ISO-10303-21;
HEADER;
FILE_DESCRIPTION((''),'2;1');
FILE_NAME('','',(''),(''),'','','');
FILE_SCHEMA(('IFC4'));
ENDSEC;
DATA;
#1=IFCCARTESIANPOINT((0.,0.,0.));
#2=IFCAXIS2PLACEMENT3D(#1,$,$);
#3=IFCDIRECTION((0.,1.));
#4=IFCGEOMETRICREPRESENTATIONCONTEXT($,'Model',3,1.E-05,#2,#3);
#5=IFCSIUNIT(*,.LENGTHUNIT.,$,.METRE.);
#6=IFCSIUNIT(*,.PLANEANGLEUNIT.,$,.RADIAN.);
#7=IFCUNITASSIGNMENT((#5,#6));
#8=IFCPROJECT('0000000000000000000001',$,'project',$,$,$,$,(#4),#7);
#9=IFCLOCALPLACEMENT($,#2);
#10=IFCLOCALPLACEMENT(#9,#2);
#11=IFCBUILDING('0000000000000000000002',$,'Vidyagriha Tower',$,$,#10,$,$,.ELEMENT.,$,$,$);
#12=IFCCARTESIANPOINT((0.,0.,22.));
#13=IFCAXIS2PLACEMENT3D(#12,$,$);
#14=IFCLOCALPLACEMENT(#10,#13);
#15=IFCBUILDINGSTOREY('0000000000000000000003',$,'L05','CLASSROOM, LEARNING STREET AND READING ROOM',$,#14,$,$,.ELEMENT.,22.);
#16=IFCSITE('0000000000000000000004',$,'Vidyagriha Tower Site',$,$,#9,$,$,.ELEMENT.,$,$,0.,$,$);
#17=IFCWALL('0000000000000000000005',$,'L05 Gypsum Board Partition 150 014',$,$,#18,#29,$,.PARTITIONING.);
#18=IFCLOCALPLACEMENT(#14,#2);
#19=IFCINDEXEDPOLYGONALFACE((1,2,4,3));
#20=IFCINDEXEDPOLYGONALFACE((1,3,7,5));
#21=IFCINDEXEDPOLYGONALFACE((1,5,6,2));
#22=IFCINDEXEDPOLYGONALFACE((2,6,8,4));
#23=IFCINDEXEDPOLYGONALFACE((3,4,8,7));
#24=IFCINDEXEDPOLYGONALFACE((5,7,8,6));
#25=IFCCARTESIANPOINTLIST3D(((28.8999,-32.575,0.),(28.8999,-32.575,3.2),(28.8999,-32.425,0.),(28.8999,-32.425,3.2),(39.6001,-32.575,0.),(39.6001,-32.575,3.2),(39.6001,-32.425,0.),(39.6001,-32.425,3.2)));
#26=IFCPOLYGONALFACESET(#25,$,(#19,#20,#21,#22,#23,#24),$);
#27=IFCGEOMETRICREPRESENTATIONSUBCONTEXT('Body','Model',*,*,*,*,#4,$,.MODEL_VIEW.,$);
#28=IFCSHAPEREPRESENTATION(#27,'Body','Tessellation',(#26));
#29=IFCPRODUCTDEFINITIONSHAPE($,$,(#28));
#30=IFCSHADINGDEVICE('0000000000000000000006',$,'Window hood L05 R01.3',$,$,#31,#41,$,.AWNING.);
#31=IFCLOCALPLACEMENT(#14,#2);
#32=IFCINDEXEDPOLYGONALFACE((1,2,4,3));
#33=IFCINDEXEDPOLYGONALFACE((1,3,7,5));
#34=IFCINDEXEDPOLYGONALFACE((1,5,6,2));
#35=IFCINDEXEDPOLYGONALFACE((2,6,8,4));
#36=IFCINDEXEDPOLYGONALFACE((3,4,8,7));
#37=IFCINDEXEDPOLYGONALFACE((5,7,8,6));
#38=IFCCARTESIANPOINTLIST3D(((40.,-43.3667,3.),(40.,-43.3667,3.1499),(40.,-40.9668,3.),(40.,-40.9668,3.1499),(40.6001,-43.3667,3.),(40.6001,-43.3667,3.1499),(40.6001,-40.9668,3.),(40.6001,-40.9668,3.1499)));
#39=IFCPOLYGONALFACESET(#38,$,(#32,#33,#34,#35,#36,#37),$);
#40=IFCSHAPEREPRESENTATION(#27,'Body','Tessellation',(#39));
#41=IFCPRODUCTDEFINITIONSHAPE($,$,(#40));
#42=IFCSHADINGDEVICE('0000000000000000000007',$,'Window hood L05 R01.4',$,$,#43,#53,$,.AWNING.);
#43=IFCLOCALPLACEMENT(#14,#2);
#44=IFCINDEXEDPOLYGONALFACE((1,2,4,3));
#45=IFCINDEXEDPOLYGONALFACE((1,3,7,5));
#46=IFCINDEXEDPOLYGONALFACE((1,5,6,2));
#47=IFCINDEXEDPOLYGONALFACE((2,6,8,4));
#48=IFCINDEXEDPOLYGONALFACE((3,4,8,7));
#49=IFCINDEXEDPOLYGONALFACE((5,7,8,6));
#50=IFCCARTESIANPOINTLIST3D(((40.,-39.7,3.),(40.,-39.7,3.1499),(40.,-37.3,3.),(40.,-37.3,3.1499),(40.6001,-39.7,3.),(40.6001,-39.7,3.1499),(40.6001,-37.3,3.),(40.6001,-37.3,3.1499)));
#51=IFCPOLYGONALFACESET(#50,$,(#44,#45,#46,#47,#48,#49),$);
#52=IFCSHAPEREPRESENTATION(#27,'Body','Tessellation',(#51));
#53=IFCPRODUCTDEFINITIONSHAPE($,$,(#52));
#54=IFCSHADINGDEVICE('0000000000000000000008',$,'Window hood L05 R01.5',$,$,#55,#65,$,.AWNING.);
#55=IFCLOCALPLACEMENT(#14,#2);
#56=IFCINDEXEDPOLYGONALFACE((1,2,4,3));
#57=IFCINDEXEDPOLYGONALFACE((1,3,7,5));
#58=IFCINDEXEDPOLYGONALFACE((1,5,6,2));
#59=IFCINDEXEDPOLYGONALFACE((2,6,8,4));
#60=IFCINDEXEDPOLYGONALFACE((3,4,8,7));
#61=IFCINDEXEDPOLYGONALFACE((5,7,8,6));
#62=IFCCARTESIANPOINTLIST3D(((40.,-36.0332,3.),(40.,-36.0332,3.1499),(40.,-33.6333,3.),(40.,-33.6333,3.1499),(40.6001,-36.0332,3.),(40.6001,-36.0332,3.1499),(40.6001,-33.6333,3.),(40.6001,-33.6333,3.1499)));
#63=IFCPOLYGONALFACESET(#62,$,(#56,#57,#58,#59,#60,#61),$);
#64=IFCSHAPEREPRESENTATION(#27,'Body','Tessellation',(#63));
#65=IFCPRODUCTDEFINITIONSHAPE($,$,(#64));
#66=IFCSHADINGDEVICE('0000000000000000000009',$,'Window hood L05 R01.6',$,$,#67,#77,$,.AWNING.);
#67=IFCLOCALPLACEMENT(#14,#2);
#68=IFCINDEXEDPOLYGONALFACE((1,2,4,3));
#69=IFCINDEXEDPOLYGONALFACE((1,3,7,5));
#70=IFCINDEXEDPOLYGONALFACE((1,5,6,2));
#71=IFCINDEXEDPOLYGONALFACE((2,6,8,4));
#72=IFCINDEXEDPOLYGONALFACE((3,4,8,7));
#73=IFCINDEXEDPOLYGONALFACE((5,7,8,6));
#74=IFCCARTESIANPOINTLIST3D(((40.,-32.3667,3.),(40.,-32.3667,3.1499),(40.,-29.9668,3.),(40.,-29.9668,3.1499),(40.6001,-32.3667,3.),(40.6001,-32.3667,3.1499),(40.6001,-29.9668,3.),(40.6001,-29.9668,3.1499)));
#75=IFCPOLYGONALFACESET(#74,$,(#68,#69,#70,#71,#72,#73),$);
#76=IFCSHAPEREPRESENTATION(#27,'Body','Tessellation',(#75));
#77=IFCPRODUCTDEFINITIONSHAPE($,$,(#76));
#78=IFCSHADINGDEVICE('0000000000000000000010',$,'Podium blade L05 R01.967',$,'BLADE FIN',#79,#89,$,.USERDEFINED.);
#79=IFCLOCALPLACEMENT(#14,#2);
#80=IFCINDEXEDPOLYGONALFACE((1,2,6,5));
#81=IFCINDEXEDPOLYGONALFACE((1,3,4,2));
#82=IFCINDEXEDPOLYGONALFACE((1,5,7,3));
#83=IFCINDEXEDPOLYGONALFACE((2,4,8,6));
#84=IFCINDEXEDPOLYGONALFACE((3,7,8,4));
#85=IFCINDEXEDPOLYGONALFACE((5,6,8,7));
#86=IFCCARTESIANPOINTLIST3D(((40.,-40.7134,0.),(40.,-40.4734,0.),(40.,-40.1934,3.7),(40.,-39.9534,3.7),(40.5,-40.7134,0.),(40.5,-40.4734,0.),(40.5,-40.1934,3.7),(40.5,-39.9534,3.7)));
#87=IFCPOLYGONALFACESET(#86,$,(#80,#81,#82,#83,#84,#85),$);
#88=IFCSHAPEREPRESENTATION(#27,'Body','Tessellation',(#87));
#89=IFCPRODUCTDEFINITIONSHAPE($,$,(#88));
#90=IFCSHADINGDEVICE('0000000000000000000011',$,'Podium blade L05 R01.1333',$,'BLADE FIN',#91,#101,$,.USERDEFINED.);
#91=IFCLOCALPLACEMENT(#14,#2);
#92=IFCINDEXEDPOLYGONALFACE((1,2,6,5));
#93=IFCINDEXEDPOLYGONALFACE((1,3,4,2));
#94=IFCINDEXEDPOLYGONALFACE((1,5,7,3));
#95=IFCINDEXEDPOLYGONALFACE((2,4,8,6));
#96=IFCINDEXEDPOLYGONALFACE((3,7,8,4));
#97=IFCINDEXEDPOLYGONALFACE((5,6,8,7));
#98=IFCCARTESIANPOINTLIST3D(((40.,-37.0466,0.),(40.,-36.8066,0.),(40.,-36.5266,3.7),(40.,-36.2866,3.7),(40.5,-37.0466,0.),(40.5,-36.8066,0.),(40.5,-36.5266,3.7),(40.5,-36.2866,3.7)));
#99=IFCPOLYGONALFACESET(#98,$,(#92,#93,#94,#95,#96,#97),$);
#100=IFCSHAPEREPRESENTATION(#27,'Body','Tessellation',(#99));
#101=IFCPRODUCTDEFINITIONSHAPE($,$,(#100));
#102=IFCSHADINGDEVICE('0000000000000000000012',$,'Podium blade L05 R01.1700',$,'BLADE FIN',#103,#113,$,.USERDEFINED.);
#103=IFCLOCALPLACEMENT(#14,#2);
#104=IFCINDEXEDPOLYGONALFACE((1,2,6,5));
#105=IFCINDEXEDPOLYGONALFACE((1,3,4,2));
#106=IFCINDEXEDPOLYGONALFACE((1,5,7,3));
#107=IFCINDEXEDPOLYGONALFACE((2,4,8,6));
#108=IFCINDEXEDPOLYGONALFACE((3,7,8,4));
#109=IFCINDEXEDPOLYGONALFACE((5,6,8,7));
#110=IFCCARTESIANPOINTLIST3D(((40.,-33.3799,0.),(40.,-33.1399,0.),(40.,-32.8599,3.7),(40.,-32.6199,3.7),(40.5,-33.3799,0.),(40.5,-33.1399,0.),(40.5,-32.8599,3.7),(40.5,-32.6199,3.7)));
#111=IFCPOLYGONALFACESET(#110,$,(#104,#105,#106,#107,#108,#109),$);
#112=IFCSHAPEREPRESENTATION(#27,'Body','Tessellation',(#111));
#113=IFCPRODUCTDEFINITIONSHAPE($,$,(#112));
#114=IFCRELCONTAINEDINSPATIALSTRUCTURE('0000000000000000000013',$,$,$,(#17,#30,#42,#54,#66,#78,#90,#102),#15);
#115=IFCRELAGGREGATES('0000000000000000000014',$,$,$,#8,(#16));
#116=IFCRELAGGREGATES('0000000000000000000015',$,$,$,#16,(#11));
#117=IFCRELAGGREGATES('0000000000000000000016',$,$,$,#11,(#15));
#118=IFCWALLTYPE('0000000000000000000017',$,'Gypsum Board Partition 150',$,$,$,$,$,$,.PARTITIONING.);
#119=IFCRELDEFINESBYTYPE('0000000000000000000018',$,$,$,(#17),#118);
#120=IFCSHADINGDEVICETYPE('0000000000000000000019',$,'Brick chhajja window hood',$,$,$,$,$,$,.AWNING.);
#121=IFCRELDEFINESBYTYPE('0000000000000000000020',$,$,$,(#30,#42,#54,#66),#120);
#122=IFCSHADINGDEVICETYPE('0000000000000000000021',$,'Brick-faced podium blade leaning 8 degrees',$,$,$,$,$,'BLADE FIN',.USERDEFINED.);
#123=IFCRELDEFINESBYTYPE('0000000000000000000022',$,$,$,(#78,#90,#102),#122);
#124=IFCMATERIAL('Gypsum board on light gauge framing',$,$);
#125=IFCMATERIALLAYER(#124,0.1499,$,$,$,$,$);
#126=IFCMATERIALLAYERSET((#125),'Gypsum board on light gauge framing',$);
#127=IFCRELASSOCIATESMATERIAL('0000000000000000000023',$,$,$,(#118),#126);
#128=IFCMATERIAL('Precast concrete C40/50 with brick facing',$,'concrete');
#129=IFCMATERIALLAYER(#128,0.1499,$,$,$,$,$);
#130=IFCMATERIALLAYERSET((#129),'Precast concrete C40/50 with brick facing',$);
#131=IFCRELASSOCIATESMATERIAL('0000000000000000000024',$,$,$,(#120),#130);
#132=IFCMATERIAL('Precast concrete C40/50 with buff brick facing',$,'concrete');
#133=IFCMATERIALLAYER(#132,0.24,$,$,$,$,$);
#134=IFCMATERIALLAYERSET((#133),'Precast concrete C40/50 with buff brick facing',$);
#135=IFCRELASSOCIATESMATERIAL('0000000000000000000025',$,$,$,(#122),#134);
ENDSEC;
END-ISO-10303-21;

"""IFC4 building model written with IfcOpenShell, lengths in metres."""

from ifc_helpers import new_model, si_unit, direction, frame, frame_2d, origin, origin_2d, place, context, subcontext, project, spatial, polyline, rectangle, outline, extrude, material, layer, layer_set, type_object, element, save


model = new_model("IFC4")

# Units and contexts
model_context = context("Model", 3, precision=1e-05, world=origin(), true_north=direction((0.0, 1.0)))
body_context = subcontext(model_context, "Body", "Model", "MODEL_VIEW")
ifc_project = project(units=[si_unit("LENGTHUNIT", "METRE"), si_unit("PLANEANGLEUNIT", "RADIAN")], contexts=[model_context])

# Site, building, storey
site_placement = place(None, origin())
site = spatial("IfcSite", under=ifc_project, at=site_placement, Name="Vidyagriha Tower Site", CompositionType="ELEMENT", RefElevation=0.0)
building_placement = place(site_placement, origin())
building = spatial("IfcBuilding", under=site, at=building_placement, Name="Vidyagriha Tower", CompositionType="ELEMENT")
storey_placement = place(building_placement, frame((0.0, 0.0, 22.0)))
storey = spatial("IfcBuildingStorey", under=building, at=storey_placement, Name="L05", Description="CLASSROOM, LEARNING STREET AND READING ROOM", CompositionType="ELEMENT", Elevation=22.0)

# Wall
ifc_material_1 = material(Name="Gypsum board on light gauge framing")
ifc_layer_1 = layer(ifc_material_1, 0.1499)
ifc_layer_set_1 = layer_set([ifc_layer_1], Name="Gypsum board on light gauge framing")
wall_type_1 = type_object("IfcWallType", Name="Gypsum Board Partition 150", PredefinedType="PARTITIONING", material=ifc_layer_set_1)
wall_1_placement = place(storey_placement, frame((28.8999, -32.5, 0.0)))
element("IfcWall", 1, at=wall_1_placement, inside=storey, type_object=wall_type_1, Name="L05 Gypsum Board Partition 150 014", PredefinedType="PARTITIONING", context=body_context, shape_type="SweptSolid", body=[
    extrude(rectangle(XDim=10.7002, YDim=0.1499, at=frame_2d((5.3501, 0.0))), origin(), (0.0, 0.0, 1.0), 3.2),
])

# Shading devices
ifc_material_2 = material(Name="Precast concrete C40/50 with brick facing", Category="concrete")
ifc_layer_2 = layer(ifc_material_2, 0.1499)
ifc_layer_set_2 = layer_set([ifc_layer_2], Name="Precast concrete C40/50 with brick facing")
shading_device_type_1 = type_object("IfcShadingDeviceType", Name="Brick chhajja window hood", PredefinedType="AWNING", material=ifc_layer_set_2)
for number, where, z_axis, x_axis, name in (
    (2, (40.3, -42.1667, 3.0), (0.0, 0.0, 1.0), (0.0, 1.0, 0.0), "Window hood L05 R01.3"),
    (3, (40.3, -38.5, 3.0), (0.0, 0.0, 1.0), (0.0, 1.0, 0.0), "Window hood L05 R01.4"),
    (4, (40.3, -34.8333, 3.0), (0.0, 0.0, 1.0), (0.0, 1.0, 0.0), "Window hood L05 R01.5"),
    (5, (40.3, -31.1667, 3.0), (0.0, 0.0, 1.0), (0.0, 1.0, 0.0), "Window hood L05 R01.6"),
):
    element("IfcShadingDevice", number, at=place(storey_placement, frame(where, z_axis=z_axis, x_axis=x_axis)), inside=storey, type_object=shading_device_type_1, Name=name, PredefinedType="AWNING", context=body_context, shape_type="SweptSolid", body=[
        extrude(rectangle(XDim=2.3999, YDim=0.6001, at=origin_2d()), origin(), (0.0, 0.0, 1.0), 0.1499),
    ])
ifc_material_3 = material(Name="Precast concrete C40/50 with buff brick facing", Category="concrete")
ifc_layer_3 = layer(ifc_material_3, 0.24)
ifc_layer_set_3 = layer_set([ifc_layer_3], Name="Precast concrete C40/50 with buff brick facing")
shading_device_type_2 = type_object("IfcShadingDeviceType", Name="Brick-faced podium blade leaning 8 degrees", ElementType="BLADE FIN", PredefinedType="USERDEFINED", material=ifc_layer_set_3)
for number, where, z_axis, x_axis, name in (
    (6, (40.25, -40.7134, 0.0), (0.0, 0.0, 1.0), (0.0, 1.0, 0.0), "Podium blade L05 R01.967"),
    (7, (40.25, -37.0466, 0.0), (0.0, 0.0, 1.0), (0.0, 1.0, 0.0), "Podium blade L05 R01.1333"),
    (8, (40.25, -33.3799, 0.0), (0.0, 0.0, 1.0), (0.0, 1.0, 0.0), "Podium blade L05 R01.1700"),
):
    element("IfcShadingDevice", number, at=place(storey_placement, frame(where, z_axis=z_axis, x_axis=x_axis)), inside=storey, type_object=shading_device_type_2, Name=name, ObjectType="BLADE FIN", PredefinedType="USERDEFINED", context=body_context, shape_type="SweptSolid", body=[
        extrude(outline(polyline([(0.0, 0.0), (0.24, 0.0), (0.76, 3.7), (0.52, 3.7), (0.0, 0.0)])), frame((0.0, 0.25, 0.0), z_axis=(0.0, -1.0, 0.0), x_axis=(1.0, 0.0, 0.0)), (0.0, 0.0, 1.0), 0.5),
    ])

save(model, "model.ifc")
